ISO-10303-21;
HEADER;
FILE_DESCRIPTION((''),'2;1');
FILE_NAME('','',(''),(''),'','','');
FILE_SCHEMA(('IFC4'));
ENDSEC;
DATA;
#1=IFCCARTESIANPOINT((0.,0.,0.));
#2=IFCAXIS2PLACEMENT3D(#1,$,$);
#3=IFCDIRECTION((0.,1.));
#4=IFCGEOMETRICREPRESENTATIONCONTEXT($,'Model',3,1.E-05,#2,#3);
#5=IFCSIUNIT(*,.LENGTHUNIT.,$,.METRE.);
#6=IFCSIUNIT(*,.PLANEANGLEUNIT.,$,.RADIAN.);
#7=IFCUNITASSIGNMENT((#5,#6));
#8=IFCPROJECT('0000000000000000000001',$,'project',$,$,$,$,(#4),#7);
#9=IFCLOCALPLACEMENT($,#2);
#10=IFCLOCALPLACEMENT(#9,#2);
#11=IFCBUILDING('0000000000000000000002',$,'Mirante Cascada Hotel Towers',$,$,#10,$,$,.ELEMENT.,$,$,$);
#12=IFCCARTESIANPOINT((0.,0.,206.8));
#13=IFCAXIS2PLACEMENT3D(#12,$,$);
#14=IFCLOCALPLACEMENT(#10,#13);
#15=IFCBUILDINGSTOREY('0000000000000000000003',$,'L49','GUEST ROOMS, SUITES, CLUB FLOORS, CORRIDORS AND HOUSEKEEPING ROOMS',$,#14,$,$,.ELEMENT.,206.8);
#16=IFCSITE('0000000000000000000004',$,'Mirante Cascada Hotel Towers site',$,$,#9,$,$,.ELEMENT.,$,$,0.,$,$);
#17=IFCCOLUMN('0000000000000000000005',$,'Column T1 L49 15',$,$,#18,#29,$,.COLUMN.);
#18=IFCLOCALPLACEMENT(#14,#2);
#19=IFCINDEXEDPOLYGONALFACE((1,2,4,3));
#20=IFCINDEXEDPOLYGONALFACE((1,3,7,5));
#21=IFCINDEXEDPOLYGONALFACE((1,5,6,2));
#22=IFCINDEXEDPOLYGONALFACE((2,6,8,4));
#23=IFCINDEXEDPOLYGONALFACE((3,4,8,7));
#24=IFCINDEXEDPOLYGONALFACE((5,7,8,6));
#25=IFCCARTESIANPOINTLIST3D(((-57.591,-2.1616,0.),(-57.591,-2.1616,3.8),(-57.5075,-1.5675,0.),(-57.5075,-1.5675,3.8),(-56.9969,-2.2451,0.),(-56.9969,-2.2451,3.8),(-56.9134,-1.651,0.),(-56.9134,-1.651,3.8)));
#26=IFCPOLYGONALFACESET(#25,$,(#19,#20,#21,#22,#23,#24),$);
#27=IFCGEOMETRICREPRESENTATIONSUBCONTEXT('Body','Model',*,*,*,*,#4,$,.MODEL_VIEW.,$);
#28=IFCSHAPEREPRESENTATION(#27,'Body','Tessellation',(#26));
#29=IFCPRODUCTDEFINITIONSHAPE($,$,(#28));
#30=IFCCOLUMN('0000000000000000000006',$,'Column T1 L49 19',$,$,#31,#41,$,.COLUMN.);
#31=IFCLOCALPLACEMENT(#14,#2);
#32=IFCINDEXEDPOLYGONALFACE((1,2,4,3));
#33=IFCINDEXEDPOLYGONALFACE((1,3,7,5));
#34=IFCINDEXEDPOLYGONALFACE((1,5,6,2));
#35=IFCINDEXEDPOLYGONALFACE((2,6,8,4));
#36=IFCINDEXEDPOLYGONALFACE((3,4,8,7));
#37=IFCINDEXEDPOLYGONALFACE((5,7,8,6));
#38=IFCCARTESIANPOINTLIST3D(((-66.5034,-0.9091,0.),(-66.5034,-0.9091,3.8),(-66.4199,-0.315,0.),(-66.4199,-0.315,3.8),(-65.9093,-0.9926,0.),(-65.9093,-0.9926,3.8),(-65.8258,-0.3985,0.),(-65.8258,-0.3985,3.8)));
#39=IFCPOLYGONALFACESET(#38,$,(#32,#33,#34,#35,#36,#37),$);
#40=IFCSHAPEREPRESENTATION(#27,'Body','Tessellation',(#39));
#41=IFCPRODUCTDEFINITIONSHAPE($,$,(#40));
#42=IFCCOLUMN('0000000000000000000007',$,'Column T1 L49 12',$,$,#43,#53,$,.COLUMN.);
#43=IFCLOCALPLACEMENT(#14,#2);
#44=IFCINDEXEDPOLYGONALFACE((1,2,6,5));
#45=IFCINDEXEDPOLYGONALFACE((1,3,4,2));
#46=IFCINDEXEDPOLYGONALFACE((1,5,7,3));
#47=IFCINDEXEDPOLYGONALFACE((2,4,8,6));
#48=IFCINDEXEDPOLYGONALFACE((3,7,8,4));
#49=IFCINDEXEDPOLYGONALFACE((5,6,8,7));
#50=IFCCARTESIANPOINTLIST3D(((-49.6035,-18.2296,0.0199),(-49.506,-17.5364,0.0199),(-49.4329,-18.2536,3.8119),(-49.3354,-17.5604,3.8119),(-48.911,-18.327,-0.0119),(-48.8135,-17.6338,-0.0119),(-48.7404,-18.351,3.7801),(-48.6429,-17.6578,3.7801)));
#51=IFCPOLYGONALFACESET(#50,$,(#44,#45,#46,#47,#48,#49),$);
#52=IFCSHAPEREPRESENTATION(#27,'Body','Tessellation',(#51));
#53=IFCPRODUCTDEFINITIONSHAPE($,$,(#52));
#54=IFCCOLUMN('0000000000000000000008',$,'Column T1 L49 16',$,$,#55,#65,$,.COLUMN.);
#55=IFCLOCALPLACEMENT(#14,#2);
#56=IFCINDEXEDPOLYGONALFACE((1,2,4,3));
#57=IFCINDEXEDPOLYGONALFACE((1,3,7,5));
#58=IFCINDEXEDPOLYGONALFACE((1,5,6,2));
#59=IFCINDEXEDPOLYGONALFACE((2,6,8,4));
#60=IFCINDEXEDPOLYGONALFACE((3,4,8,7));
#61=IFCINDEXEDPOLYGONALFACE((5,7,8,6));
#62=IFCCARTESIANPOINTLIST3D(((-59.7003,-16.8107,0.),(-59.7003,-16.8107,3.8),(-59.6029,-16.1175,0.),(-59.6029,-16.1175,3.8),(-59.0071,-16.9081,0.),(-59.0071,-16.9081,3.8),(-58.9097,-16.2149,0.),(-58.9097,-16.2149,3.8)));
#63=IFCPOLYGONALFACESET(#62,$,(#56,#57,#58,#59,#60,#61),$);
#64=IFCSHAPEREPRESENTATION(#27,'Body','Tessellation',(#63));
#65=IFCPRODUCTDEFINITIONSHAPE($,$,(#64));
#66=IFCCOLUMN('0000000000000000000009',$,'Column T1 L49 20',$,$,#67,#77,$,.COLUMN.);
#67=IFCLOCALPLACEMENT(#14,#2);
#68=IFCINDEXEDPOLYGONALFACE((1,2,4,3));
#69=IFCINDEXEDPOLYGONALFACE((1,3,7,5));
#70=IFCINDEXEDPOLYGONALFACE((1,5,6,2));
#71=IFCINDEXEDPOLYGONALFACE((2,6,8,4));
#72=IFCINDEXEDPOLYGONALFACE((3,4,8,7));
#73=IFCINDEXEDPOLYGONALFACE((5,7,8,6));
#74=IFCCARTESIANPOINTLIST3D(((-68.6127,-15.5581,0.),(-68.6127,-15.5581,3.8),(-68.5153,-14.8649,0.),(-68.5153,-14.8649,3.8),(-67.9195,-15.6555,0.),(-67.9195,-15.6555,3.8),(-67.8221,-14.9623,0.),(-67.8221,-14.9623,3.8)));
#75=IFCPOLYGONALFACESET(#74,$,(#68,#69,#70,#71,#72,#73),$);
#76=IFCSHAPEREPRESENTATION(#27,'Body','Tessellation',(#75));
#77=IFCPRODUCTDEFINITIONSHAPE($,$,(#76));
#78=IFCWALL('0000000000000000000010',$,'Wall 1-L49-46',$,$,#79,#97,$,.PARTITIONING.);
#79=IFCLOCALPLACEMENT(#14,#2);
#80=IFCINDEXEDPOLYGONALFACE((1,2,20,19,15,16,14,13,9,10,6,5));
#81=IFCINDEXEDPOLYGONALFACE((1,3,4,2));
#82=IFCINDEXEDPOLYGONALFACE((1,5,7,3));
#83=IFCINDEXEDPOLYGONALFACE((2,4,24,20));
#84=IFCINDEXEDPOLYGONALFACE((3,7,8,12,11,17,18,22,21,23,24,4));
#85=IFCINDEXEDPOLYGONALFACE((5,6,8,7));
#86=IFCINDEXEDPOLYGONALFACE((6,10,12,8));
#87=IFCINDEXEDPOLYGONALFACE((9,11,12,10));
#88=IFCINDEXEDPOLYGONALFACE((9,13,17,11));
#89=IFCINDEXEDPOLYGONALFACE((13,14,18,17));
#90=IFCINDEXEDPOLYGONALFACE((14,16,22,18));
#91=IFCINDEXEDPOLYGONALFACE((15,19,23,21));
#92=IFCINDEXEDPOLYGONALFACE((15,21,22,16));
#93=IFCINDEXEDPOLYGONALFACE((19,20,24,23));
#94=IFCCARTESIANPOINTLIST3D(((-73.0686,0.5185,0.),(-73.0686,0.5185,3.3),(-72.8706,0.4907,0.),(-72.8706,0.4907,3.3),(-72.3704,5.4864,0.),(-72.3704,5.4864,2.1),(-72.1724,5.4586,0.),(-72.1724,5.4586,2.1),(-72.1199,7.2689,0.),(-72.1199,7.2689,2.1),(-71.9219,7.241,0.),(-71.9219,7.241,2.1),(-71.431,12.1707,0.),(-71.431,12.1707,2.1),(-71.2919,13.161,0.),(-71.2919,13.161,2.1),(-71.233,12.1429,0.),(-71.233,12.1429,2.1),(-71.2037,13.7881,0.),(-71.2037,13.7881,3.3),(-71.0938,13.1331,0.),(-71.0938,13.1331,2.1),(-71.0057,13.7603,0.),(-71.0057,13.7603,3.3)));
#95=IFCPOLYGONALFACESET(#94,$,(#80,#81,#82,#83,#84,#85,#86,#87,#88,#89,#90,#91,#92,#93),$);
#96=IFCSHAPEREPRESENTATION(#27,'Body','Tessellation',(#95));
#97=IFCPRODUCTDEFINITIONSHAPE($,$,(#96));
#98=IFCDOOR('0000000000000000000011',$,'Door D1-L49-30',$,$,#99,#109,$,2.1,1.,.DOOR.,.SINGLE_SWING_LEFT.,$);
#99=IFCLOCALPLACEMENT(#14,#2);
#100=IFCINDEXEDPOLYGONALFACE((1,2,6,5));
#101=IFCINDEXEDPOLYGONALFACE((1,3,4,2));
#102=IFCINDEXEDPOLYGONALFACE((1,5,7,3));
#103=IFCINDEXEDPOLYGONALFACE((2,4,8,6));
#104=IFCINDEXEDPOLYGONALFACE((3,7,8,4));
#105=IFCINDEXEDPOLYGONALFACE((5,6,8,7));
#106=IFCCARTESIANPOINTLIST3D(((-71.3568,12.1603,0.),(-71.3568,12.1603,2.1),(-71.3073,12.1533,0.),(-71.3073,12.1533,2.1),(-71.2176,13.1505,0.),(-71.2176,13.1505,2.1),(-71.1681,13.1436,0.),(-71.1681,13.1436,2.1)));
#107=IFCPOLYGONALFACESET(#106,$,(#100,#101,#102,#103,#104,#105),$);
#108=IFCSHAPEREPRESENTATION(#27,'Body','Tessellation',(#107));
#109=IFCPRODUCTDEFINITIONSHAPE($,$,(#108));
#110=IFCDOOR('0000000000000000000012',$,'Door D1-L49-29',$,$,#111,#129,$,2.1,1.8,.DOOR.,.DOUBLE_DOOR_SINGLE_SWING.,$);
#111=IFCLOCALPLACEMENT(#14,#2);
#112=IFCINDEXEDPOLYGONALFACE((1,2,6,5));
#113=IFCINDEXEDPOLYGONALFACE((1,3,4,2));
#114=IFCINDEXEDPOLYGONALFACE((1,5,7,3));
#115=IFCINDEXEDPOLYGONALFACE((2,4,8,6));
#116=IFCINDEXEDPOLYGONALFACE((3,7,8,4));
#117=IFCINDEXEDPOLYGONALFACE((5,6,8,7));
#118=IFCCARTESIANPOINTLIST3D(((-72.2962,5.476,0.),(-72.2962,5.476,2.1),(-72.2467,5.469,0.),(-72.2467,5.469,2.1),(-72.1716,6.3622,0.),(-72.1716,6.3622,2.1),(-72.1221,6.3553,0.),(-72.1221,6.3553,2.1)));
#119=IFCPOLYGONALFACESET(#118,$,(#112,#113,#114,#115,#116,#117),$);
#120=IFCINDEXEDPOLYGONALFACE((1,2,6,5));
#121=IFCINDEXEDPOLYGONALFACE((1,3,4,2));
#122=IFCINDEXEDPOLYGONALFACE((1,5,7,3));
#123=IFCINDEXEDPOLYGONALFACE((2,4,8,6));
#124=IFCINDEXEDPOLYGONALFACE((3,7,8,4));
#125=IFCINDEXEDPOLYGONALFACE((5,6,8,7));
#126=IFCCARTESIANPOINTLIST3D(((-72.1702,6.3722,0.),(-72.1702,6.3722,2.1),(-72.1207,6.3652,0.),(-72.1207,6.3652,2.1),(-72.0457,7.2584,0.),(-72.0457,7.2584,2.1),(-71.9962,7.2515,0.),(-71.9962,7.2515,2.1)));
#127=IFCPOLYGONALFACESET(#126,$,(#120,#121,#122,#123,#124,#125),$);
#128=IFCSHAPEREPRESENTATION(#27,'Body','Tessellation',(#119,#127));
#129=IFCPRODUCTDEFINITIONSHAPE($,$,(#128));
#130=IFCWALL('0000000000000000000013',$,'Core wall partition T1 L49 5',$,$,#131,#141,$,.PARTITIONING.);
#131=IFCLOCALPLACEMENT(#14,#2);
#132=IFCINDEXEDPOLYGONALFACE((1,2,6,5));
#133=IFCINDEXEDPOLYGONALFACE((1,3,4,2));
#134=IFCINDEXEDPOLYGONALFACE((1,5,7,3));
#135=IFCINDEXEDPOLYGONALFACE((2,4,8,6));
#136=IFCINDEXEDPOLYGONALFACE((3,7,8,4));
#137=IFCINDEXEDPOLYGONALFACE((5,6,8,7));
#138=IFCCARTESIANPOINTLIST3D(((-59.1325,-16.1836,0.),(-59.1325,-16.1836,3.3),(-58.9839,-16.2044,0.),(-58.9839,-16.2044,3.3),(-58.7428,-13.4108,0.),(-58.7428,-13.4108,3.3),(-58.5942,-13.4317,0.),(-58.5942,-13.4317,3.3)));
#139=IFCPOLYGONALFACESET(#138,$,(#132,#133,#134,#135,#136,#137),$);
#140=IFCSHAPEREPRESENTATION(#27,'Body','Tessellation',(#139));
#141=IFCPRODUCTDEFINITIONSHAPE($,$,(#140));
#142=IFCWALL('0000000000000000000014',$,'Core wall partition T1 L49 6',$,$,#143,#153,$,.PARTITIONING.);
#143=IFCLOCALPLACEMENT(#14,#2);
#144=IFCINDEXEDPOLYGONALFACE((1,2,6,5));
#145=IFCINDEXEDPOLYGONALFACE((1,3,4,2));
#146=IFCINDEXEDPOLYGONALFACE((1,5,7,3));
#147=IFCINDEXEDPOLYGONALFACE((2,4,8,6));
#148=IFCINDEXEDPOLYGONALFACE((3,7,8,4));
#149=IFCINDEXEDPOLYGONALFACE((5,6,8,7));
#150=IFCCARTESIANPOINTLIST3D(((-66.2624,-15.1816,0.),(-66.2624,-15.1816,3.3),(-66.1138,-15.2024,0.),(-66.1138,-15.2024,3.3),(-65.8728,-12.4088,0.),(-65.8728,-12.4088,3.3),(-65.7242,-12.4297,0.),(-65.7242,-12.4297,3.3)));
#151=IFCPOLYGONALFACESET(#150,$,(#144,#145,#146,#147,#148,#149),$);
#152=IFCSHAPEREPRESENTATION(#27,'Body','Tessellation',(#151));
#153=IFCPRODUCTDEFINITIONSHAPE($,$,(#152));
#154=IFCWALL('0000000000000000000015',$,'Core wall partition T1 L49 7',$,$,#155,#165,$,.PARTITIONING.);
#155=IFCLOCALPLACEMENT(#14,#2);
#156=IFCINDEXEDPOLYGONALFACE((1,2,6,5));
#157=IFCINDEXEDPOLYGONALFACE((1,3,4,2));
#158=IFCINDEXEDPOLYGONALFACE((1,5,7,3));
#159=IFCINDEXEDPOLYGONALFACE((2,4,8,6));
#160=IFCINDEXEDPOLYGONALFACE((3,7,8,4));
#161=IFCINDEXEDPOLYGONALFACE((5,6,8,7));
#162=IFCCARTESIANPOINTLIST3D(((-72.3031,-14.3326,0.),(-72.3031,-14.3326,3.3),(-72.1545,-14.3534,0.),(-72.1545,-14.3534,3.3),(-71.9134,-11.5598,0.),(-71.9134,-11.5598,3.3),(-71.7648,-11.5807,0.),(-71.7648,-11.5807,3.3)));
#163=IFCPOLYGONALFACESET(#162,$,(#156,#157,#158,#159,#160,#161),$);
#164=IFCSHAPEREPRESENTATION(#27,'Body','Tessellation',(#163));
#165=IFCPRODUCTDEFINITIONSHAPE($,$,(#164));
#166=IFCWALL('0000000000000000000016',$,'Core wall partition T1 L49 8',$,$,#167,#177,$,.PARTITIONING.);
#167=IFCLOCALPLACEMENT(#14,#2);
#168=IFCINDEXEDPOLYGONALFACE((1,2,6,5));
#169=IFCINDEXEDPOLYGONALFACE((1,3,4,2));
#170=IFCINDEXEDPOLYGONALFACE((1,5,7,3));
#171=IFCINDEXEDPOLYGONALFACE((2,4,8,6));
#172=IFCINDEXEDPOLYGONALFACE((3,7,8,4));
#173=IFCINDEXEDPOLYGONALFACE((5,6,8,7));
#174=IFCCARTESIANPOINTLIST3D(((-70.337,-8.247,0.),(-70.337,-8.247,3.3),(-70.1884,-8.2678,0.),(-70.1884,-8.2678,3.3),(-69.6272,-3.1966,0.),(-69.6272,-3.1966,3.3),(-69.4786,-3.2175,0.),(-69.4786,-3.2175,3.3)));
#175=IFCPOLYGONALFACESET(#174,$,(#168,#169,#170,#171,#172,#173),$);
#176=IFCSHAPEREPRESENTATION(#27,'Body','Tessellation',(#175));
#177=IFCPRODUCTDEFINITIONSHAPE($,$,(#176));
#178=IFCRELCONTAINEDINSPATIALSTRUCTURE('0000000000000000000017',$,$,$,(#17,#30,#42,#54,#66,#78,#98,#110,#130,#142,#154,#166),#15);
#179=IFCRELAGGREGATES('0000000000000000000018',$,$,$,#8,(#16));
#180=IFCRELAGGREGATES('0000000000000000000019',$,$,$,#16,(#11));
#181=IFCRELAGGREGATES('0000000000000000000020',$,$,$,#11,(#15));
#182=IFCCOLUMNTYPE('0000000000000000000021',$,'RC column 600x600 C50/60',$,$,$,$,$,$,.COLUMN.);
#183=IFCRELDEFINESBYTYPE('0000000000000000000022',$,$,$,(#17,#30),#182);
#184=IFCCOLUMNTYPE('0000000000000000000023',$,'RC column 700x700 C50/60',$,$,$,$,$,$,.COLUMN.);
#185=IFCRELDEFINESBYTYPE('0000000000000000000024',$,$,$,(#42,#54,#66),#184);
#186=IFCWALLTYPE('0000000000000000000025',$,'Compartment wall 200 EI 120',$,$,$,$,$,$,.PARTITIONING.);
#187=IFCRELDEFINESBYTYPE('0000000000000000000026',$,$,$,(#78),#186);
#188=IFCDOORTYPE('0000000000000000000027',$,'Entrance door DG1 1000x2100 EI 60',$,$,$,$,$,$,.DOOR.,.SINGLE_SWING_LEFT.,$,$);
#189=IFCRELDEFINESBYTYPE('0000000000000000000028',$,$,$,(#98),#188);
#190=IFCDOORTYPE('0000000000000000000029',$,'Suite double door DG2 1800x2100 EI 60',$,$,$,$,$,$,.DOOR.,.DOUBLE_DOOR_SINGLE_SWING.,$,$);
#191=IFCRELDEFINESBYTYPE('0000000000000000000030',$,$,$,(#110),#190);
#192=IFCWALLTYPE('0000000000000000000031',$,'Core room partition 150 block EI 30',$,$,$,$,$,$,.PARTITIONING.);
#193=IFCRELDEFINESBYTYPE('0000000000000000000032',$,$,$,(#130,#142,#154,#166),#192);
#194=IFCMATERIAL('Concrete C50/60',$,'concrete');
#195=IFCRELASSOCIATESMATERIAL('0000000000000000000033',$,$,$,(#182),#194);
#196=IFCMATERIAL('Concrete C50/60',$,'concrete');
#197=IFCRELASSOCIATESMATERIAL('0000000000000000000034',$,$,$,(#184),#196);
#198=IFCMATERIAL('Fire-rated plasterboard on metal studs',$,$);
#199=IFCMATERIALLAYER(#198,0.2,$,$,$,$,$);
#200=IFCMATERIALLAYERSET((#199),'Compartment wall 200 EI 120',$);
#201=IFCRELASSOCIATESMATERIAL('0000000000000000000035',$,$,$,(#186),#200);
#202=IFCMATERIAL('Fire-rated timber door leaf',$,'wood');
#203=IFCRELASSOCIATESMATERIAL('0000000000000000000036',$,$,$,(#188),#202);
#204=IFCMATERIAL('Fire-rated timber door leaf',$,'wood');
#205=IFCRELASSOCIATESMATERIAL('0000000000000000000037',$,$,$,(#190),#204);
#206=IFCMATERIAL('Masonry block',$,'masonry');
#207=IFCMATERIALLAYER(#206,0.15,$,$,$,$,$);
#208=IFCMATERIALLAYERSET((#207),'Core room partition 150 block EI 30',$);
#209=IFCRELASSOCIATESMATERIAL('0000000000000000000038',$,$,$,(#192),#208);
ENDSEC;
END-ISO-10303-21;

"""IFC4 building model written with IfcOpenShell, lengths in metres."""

from ifc_helpers import new_model, si_unit, direction, frame, frame_2d, origin, origin_2d, place, context, subcontext, project, spatial, rectangle, extrude, material, layer, layer_set, material_profile, profile_set, type_object, element, fill, save


model = new_model("IFC4")

# Units and contexts
model_context = context("Model", 3, precision=1e-05, world=origin(), true_north=direction((0.0, 1.0)))
body_context = subcontext(model_context, "Body", "Model", "MODEL_VIEW")
ifc_project = project(units=[si_unit("LENGTHUNIT", "METRE"), si_unit("PLANEANGLEUNIT", "RADIAN")], contexts=[model_context])

# Site, building, storey
site_placement = place(None, origin())
site = spatial("IfcSite", under=ifc_project, at=site_placement, Name="Mirante Cascada Hotel Towers site", CompositionType="ELEMENT", RefElevation=0.0)
building_placement = place(site_placement, origin())
building = spatial("IfcBuilding", under=site, at=building_placement, Name="Mirante Cascada Hotel Towers", CompositionType="ELEMENT")
storey_placement = place(building_placement, frame((0.0, 0.0, 206.8)))
storey = spatial("IfcBuildingStorey", under=building, at=storey_placement, Name="L49", Description="GUEST ROOMS, SUITES, CLUB FLOORS, CORRIDORS AND HOUSEKEEPING ROOMS", CompositionType="ELEMENT", Elevation=206.8)

# Columns
ifc_material_1 = material(Name="Concrete C50/60", Category="concrete")
ifc_material_profile_1 = material_profile(ifc_material_1, rectangle(XDim=0.6, YDim=0.6, at=origin_2d()), Name="RC column 600x600 C50/60")
ifc_profile_set_1 = profile_set([ifc_material_profile_1], Name="Concrete C50/60")
column_type_1 = type_object("IfcColumnType", Name="RC column 600x600 C50/60", PredefinedType="COLUMN", material=ifc_profile_set_1)
for number, where, z_axis, x_axis, name in (
    (1, (-57.2522, -1.9063, 0.0), (0.0, 0.0, 1.0), (-0.990268, 0.139173, 0.0), "Column T1 L49 15"),
    (2, (-66.1646, -0.6538, 0.0), (0.0, 0.0, 1.0), (-0.990268, 0.139173, 0.0), "Column T1 L49 19"),
):
    element("IfcColumn", number, at=place(storey_placement, frame(where, z_axis=z_axis, x_axis=x_axis)), inside=storey, type_object=column_type_1, Name=name, PredefinedType="COLUMN", context=body_context, shape_type="SweptSolid", body=[
        extrude(rectangle(XDim=0.6, YDim=0.6, at=origin_2d()), origin(), (0.0, 0.0, 1.0), 3.8),
    ])
ifc_material_2 = material(Name="Concrete C50/60", Category="concrete")
ifc_material_profile_2 = material_profile(ifc_material_2, rectangle(XDim=0.7, YDim=0.7, at=origin_2d()), Name="RC column 700x700 C50/60")
ifc_profile_set_2 = profile_set([ifc_material_profile_2], Name="Concrete C50/60")
column_type_2 = type_object("IfcColumnType", Name="RC column 700x700 C50/60", PredefinedType="COLUMN", material=ifc_profile_set_2)
column_placement = place(storey_placement, frame((-49.2085, -17.9317, 0.004), z_axis=(0.044943, -0.006323, 0.998969), x_axis=(0.139308, 0.990249, 0.0)))
element("IfcColumn", 3, at=column_placement, inside=storey, type_object=column_type_2, Name="Column T1 L49 12", PredefinedType="COLUMN", context=body_context, shape_type="SweptSolid", body=[
    extrude(rectangle(XDim=0.7, YDim=0.7, at=origin_2d()), origin(), (0.0, 0.0, 1.0), 3.7959),
])
for number, where, z_axis, x_axis, name in (
    (4, (-59.305, -16.5128, 0.0), (0.0, 0.0, 1.0), (-0.990268, 0.139173, 0.0), "Column T1 L49 16"),
    (5, (-68.2174, -15.2602, 0.0), (0.0, 0.0, 1.0), (-0.990268, 0.139173, 0.0), "Column T1 L49 20"),
):
    element("IfcColumn", number, at=place(storey_placement, frame(where, z_axis=z_axis, x_axis=x_axis)), inside=storey, type_object=column_type_2, Name=name, PredefinedType="COLUMN", context=body_context, shape_type="SweptSolid", body=[
        extrude(rectangle(XDim=0.7, YDim=0.7, at=origin_2d()), origin(), (0.0, 0.0, 1.0), 3.8),
    ])

# Wall, openings, doors
ifc_material_3 = material(Name="Fire-rated plasterboard on metal studs")
ifc_layer_1 = layer(ifc_material_3, 0.2)
ifc_layer_set_1 = layer_set([ifc_layer_1], Name="Compartment wall 200 EI 120")
wall_type_1 = type_object("IfcWallType", Name="Compartment wall 200 EI 120", PredefinedType="PARTITIONING", material=ifc_layer_set_1)
wall_1_placement = place(storey_placement, frame((-72.9696, 0.5046, 0.0), z_axis=(0.0, 0.0, 1.0), x_axis=(0.139172, 0.990268, 0.0)))
wall_1 = element("IfcWall", 6, at=wall_1_placement, inside=storey, type_object=wall_type_1, Name="Wall 1-L49-46", PredefinedType="PARTITIONING", context=body_context, shape_type="SweptSolid", body=[
    extrude(rectangle(XDim=13.4, YDim=0.2, at=frame_2d((6.7, 0.0))), origin(), (0.0, 0.0, 1.0), 3.3),
])
opening_1_placement = place(wall_1_placement, frame((5.0167, 0.0, 0.0)))
opening_1 = element("IfcOpeningElement", 7, at=opening_1_placement, cuts=wall_1, PredefinedType="OPENING", context=body_context, shape_type="SweptSolid", body=[
    extrude(rectangle(XDim=1.8, YDim=2.1, at=frame_2d((0.9, 1.05))), frame((0.0, 0.1, 0.0), z_axis=(0.0, -1.0, 0.0), x_axis=(1.0, 0.0, 0.0)), (0.0, 0.0, 1.0), 0.2),
])
opening_2_placement = place(wall_1_placement, frame((11.7667, 0.0, 0.0)))
opening_2 = element("IfcOpeningElement", 8, at=opening_2_placement, cuts=wall_1, PredefinedType="OPENING", context=body_context, shape_type="SweptSolid", body=[
    extrude(rectangle(XDim=1.0, YDim=2.1, at=frame_2d((0.5, 1.05))), frame((0.0, 0.1, 0.0), z_axis=(0.0, -1.0, 0.0), x_axis=(1.0, 0.0, 0.0)), (0.0, 0.0, 1.0), 0.2),
])
ifc_material_4 = material(Name="Fire-rated timber door leaf", Category="wood")
door_type_1 = type_object("IfcDoorType", Name="Entrance door DG1 1000x2100 EI 60", OperationType="SINGLE_SWING_LEFT", PredefinedType="DOOR", material=ifc_material_4)
door_1_placement = place(opening_2_placement, origin())
door_1 = element("IfcDoor", 9, at=door_1_placement, inside=storey, type_object=door_type_1, Name="Door D1-L49-30", OperationType="SINGLE_SWING_LEFT", OverallHeight=2.1, OverallWidth=1.0, PredefinedType="DOOR", context=body_context, shape_type="SweptSolid", body=[
    extrude(rectangle(XDim=1.0, YDim=2.1, at=frame_2d((0.5, 1.05))), frame((0.0, 0.025, 0.0), z_axis=(0.0, -1.0, 0.0), x_axis=(1.0, 0.0, 0.0)), (0.0, 0.0, 1.0), 0.05),
])
fill(opening_2, door_1)
ifc_material_5 = material(Name="Fire-rated timber door leaf", Category="wood")
door_type_2 = type_object("IfcDoorType", Name="Suite double door DG2 1800x2100 EI 60", OperationType="DOUBLE_DOOR_SINGLE_SWING", PredefinedType="DOOR", material=ifc_material_5)
door_2_placement = place(opening_1_placement, origin())
door_2 = element("IfcDoor", 10, at=door_2_placement, inside=storey, type_object=door_type_2, Name="Door D1-L49-29", OperationType="DOUBLE_DOOR_SINGLE_SWING", OverallHeight=2.1, OverallWidth=1.8, PredefinedType="DOOR", context=body_context, shape_type="SweptSolid", body=[
    extrude(rectangle(XDim=0.895, YDim=2.1, at=frame_2d((0.4475, 1.05))), frame((0.0, 0.025, 0.0), z_axis=(0.0, -1.0, 0.0), x_axis=(1.0, 0.0, 0.0)), (0.0, 0.0, 1.0), 0.05),
    extrude(rectangle(XDim=0.895, YDim=2.1, at=frame_2d((1.3525, 1.05))), frame((0.0, 0.025, 0.0), z_axis=(0.0, -1.0, 0.0), x_axis=(1.0, 0.0, 0.0)), (0.0, 0.0, 1.0), 0.05),
])
fill(opening_1, door_2)

# Walls
ifc_material_6 = material(Name="Masonry block", Category="masonry")
ifc_layer_2 = layer(ifc_material_6, 0.15)
ifc_layer_set_2 = layer_set([ifc_layer_2], Name="Core room partition 150 block EI 30")
wall_type_2 = type_object("IfcWallType", Name="Core room partition 150 block EI 30", PredefinedType="PARTITIONING", material=ifc_layer_set_2)
for number, where, z_axis, x_axis, name in (
    (11, (-59.0582, -16.194, 0.0), (0.0, 0.0, 1.0), (0.139181, 0.990267, 0.0), "Core wall partition T1 L49 5"),
    (12, (-66.1881, -15.192, 0.0), (0.0, 0.0, 1.0), (0.139141, 0.990273, 0.0), "Core wall partition T1 L49 6"),
    (13, (-72.2288, -14.343, 0.0), (0.0, 0.0, 1.0), (0.139181, 0.990267, 0.0), "Core wall partition T1 L49 7"),
):
    element("IfcWall", number, at=place(storey_placement, frame(where, z_axis=z_axis, x_axis=x_axis)), inside=storey, type_object=wall_type_2, Name=name, PredefinedType="PARTITIONING", context=body_context, shape_type="SweptSolid", body=[
        extrude(rectangle(XDim=2.8, YDim=0.15, at=frame_2d((1.4, 0.0))), origin(), (0.0, 0.0, 1.0), 3.3),
    ])
wall_2_placement = place(storey_placement, frame((-70.2627, -8.2574, 0.0), z_axis=(0.0, 0.0, 1.0), x_axis=(0.139176, 0.990268, 0.0)))
element("IfcWall", 14, at=wall_2_placement, inside=storey, type_object=wall_type_2, Name="Core wall partition T1 L49 8", PredefinedType="PARTITIONING", context=body_context, shape_type="SweptSolid", body=[
    extrude(rectangle(XDim=5.1, YDim=0.15, at=frame_2d((2.55, 0.0))), origin(), (0.0, 0.0, 1.0), 3.3),
])

save(model, "model.ifc")
